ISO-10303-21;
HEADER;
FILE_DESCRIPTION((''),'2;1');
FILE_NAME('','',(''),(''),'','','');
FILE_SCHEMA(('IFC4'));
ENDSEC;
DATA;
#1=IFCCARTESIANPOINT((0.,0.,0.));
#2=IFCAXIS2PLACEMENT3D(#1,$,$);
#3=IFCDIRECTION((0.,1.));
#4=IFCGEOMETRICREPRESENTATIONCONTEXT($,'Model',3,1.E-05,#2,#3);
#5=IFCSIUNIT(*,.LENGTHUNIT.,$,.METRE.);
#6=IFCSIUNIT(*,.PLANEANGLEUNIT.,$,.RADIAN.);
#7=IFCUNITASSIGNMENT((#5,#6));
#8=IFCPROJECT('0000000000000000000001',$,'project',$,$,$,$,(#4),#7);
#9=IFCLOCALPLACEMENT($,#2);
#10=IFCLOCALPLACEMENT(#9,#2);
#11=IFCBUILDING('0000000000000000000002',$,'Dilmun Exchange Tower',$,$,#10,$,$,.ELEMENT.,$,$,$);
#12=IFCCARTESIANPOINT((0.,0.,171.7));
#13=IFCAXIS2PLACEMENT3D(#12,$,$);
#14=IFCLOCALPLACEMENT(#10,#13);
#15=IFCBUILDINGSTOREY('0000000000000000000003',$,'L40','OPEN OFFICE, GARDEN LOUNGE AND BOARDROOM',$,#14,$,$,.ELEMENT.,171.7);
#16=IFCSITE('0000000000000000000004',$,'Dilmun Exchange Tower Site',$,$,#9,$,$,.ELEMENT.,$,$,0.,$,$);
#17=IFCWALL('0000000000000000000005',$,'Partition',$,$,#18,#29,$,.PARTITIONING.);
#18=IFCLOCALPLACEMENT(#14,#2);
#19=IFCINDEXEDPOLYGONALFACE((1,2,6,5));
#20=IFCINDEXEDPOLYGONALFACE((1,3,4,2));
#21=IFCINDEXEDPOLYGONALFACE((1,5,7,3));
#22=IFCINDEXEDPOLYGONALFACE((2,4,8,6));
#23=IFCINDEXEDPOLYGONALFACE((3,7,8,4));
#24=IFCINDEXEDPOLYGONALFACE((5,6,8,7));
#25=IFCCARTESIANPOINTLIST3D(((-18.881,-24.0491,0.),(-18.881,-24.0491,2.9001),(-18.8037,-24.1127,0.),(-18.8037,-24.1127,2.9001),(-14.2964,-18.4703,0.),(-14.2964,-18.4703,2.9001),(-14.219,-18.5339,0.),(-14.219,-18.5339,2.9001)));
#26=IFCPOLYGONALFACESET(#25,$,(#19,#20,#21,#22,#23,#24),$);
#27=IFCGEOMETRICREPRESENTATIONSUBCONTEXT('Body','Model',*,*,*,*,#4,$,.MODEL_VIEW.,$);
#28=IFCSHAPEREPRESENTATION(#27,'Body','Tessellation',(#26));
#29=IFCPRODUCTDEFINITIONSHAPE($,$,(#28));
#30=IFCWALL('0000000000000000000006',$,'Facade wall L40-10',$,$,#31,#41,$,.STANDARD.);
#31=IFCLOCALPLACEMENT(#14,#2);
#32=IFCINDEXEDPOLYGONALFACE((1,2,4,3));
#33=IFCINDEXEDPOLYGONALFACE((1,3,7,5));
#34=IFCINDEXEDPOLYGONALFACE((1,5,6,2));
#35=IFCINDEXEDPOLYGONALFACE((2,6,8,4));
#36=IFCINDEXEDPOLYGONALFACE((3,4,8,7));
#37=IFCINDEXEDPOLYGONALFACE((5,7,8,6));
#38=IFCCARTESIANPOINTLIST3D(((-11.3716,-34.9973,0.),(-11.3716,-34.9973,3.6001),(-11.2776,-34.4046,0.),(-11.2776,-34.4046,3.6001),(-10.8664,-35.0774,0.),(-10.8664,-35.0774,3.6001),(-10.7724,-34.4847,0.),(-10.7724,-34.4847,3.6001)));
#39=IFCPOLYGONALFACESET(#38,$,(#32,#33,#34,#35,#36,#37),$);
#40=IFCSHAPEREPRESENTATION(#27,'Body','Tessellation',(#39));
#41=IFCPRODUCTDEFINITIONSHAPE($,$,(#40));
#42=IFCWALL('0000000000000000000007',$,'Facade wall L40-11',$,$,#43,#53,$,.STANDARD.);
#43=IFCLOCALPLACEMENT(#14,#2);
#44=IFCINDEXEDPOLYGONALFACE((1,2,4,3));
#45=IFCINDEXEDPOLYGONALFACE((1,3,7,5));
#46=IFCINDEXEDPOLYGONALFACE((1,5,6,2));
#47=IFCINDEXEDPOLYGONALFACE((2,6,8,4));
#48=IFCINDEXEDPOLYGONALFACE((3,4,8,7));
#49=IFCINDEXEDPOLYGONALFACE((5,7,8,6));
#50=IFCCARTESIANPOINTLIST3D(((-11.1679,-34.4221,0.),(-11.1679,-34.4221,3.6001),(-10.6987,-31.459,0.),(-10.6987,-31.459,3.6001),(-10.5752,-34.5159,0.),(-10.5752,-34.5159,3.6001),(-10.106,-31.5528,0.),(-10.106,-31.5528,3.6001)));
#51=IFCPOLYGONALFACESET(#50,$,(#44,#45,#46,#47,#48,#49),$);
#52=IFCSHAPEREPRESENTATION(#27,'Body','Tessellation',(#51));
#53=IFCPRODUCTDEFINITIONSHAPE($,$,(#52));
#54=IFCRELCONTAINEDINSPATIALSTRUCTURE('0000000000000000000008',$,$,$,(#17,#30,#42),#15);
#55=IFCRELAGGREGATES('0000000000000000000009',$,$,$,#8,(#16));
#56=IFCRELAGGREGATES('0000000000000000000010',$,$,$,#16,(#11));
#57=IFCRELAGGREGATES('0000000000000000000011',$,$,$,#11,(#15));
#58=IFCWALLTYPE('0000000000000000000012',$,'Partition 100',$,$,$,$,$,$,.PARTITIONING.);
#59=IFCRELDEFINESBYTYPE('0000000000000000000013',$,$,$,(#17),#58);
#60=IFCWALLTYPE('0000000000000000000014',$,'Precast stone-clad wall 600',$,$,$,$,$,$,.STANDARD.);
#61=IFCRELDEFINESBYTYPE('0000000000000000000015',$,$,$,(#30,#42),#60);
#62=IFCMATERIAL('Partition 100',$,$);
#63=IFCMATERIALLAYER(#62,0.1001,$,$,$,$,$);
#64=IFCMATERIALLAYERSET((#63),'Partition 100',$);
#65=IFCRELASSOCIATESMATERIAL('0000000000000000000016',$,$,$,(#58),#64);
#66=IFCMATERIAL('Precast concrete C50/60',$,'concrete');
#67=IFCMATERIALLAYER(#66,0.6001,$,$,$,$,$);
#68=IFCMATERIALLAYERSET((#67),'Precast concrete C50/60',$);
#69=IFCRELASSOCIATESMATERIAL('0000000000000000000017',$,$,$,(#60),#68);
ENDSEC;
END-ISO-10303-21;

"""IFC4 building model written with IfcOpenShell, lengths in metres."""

from ifc_helpers import new_model, si_unit, direction, frame, frame_2d, origin, place, context, subcontext, project, spatial, rectangle, extrude, material, layer, layer_set, type_object, element, save


model = new_model("IFC4")

# Units and contexts
model_context = context("Model", 3, precision=1e-05, world=origin(), true_north=direction((0.0, 1.0)))
body_context = subcontext(model_context, "Body", "Model", "MODEL_VIEW")
ifc_project = project(units=[si_unit("LENGTHUNIT", "METRE"), si_unit("PLANEANGLEUNIT", "RADIAN")], contexts=[model_context])

# Site, building, storey
site_placement = place(None, origin())
site = spatial("IfcSite", under=ifc_project, at=site_placement, Name="Dilmun Exchange Tower Site", CompositionType="ELEMENT", RefElevation=0.0)
building_placement = place(site_placement, origin())
building = spatial("IfcBuilding", under=site, at=building_placement, Name="Dilmun Exchange Tower", CompositionType="ELEMENT")
storey_placement = place(building_placement, frame((0.0, 0.0, 171.7)))
storey = spatial("IfcBuildingStorey", under=building, at=storey_placement, Name="L40", Description="OPEN OFFICE, GARDEN LOUNGE AND BOARDROOM", CompositionType="ELEMENT", Elevation=171.7)

# Walls
ifc_material_1 = material(Name="Partition 100")
ifc_layer_1 = layer(ifc_material_1, 0.1001)
ifc_layer_set_1 = layer_set([ifc_layer_1], Name="Partition 100")
wall_type_1 = type_object("IfcWallType", Name="Partition 100", PredefinedType="PARTITIONING", material=ifc_layer_set_1)
wall_1_placement = place(storey_placement, frame((-18.8423, -24.0808, 0.0), z_axis=(0.0, 0.0, 1.0), x_axis=(0.634912, 0.772585, 0.0)))
element("IfcWall", 1, at=wall_1_placement, inside=storey, type_object=wall_type_1, Name="Partition", PredefinedType="PARTITIONING", context=body_context, shape_type="SweptSolid", body=[
    extrude(rectangle(XDim=7.2209, YDim=0.1001, at=frame_2d((3.6104, 0.0))), origin(), (0.0, 0.0, 1.0), 2.9001),
])
ifc_material_2 = material(Name="Precast concrete C50/60", Category="concrete")
ifc_layer_2 = layer(ifc_material_2, 0.6001)
ifc_layer_set_2 = layer_set([ifc_layer_2], Name="Precast concrete C50/60")
wall_type_2 = type_object("IfcWallType", Name="Precast stone-clad wall 600", PredefinedType="STANDARD", material=ifc_layer_set_2)
wall_2_placement = place(storey_placement, frame((-11.3247, -34.7009, 0.0), z_axis=(0.0, 0.0, 1.0), x_axis=(0.987666, -0.156575, 0.0)))
element("IfcWall", 2, at=wall_2_placement, inside=storey, type_object=wall_type_2, Name="Facade wall L40-10", PredefinedType="STANDARD", context=body_context, shape_type="SweptSolid", body=[
    extrude(rectangle(XDim=0.5115, YDim=0.6001, at=frame_2d((0.2559, 0.0))), origin(), (0.0, 0.0, 1.0), 3.6001),
])
wall_3_placement = place(storey_placement, frame((-10.8716, -34.469, 0.0), z_axis=(0.0, 0.0, 1.0), x_axis=(0.15641, 0.987692, 0.0)))
element("IfcWall", 3, at=wall_3_placement, inside=storey, type_object=wall_type_2, Name="Facade wall L40-11", PredefinedType="STANDARD", context=body_context, shape_type="SweptSolid", body=[
    extrude(rectangle(XDim=3.0, YDim=0.6001, at=frame_2d((1.5, 0.0))), origin(), (0.0, 0.0, 1.0), 3.6001),
])

save(model, "model.ifc")
